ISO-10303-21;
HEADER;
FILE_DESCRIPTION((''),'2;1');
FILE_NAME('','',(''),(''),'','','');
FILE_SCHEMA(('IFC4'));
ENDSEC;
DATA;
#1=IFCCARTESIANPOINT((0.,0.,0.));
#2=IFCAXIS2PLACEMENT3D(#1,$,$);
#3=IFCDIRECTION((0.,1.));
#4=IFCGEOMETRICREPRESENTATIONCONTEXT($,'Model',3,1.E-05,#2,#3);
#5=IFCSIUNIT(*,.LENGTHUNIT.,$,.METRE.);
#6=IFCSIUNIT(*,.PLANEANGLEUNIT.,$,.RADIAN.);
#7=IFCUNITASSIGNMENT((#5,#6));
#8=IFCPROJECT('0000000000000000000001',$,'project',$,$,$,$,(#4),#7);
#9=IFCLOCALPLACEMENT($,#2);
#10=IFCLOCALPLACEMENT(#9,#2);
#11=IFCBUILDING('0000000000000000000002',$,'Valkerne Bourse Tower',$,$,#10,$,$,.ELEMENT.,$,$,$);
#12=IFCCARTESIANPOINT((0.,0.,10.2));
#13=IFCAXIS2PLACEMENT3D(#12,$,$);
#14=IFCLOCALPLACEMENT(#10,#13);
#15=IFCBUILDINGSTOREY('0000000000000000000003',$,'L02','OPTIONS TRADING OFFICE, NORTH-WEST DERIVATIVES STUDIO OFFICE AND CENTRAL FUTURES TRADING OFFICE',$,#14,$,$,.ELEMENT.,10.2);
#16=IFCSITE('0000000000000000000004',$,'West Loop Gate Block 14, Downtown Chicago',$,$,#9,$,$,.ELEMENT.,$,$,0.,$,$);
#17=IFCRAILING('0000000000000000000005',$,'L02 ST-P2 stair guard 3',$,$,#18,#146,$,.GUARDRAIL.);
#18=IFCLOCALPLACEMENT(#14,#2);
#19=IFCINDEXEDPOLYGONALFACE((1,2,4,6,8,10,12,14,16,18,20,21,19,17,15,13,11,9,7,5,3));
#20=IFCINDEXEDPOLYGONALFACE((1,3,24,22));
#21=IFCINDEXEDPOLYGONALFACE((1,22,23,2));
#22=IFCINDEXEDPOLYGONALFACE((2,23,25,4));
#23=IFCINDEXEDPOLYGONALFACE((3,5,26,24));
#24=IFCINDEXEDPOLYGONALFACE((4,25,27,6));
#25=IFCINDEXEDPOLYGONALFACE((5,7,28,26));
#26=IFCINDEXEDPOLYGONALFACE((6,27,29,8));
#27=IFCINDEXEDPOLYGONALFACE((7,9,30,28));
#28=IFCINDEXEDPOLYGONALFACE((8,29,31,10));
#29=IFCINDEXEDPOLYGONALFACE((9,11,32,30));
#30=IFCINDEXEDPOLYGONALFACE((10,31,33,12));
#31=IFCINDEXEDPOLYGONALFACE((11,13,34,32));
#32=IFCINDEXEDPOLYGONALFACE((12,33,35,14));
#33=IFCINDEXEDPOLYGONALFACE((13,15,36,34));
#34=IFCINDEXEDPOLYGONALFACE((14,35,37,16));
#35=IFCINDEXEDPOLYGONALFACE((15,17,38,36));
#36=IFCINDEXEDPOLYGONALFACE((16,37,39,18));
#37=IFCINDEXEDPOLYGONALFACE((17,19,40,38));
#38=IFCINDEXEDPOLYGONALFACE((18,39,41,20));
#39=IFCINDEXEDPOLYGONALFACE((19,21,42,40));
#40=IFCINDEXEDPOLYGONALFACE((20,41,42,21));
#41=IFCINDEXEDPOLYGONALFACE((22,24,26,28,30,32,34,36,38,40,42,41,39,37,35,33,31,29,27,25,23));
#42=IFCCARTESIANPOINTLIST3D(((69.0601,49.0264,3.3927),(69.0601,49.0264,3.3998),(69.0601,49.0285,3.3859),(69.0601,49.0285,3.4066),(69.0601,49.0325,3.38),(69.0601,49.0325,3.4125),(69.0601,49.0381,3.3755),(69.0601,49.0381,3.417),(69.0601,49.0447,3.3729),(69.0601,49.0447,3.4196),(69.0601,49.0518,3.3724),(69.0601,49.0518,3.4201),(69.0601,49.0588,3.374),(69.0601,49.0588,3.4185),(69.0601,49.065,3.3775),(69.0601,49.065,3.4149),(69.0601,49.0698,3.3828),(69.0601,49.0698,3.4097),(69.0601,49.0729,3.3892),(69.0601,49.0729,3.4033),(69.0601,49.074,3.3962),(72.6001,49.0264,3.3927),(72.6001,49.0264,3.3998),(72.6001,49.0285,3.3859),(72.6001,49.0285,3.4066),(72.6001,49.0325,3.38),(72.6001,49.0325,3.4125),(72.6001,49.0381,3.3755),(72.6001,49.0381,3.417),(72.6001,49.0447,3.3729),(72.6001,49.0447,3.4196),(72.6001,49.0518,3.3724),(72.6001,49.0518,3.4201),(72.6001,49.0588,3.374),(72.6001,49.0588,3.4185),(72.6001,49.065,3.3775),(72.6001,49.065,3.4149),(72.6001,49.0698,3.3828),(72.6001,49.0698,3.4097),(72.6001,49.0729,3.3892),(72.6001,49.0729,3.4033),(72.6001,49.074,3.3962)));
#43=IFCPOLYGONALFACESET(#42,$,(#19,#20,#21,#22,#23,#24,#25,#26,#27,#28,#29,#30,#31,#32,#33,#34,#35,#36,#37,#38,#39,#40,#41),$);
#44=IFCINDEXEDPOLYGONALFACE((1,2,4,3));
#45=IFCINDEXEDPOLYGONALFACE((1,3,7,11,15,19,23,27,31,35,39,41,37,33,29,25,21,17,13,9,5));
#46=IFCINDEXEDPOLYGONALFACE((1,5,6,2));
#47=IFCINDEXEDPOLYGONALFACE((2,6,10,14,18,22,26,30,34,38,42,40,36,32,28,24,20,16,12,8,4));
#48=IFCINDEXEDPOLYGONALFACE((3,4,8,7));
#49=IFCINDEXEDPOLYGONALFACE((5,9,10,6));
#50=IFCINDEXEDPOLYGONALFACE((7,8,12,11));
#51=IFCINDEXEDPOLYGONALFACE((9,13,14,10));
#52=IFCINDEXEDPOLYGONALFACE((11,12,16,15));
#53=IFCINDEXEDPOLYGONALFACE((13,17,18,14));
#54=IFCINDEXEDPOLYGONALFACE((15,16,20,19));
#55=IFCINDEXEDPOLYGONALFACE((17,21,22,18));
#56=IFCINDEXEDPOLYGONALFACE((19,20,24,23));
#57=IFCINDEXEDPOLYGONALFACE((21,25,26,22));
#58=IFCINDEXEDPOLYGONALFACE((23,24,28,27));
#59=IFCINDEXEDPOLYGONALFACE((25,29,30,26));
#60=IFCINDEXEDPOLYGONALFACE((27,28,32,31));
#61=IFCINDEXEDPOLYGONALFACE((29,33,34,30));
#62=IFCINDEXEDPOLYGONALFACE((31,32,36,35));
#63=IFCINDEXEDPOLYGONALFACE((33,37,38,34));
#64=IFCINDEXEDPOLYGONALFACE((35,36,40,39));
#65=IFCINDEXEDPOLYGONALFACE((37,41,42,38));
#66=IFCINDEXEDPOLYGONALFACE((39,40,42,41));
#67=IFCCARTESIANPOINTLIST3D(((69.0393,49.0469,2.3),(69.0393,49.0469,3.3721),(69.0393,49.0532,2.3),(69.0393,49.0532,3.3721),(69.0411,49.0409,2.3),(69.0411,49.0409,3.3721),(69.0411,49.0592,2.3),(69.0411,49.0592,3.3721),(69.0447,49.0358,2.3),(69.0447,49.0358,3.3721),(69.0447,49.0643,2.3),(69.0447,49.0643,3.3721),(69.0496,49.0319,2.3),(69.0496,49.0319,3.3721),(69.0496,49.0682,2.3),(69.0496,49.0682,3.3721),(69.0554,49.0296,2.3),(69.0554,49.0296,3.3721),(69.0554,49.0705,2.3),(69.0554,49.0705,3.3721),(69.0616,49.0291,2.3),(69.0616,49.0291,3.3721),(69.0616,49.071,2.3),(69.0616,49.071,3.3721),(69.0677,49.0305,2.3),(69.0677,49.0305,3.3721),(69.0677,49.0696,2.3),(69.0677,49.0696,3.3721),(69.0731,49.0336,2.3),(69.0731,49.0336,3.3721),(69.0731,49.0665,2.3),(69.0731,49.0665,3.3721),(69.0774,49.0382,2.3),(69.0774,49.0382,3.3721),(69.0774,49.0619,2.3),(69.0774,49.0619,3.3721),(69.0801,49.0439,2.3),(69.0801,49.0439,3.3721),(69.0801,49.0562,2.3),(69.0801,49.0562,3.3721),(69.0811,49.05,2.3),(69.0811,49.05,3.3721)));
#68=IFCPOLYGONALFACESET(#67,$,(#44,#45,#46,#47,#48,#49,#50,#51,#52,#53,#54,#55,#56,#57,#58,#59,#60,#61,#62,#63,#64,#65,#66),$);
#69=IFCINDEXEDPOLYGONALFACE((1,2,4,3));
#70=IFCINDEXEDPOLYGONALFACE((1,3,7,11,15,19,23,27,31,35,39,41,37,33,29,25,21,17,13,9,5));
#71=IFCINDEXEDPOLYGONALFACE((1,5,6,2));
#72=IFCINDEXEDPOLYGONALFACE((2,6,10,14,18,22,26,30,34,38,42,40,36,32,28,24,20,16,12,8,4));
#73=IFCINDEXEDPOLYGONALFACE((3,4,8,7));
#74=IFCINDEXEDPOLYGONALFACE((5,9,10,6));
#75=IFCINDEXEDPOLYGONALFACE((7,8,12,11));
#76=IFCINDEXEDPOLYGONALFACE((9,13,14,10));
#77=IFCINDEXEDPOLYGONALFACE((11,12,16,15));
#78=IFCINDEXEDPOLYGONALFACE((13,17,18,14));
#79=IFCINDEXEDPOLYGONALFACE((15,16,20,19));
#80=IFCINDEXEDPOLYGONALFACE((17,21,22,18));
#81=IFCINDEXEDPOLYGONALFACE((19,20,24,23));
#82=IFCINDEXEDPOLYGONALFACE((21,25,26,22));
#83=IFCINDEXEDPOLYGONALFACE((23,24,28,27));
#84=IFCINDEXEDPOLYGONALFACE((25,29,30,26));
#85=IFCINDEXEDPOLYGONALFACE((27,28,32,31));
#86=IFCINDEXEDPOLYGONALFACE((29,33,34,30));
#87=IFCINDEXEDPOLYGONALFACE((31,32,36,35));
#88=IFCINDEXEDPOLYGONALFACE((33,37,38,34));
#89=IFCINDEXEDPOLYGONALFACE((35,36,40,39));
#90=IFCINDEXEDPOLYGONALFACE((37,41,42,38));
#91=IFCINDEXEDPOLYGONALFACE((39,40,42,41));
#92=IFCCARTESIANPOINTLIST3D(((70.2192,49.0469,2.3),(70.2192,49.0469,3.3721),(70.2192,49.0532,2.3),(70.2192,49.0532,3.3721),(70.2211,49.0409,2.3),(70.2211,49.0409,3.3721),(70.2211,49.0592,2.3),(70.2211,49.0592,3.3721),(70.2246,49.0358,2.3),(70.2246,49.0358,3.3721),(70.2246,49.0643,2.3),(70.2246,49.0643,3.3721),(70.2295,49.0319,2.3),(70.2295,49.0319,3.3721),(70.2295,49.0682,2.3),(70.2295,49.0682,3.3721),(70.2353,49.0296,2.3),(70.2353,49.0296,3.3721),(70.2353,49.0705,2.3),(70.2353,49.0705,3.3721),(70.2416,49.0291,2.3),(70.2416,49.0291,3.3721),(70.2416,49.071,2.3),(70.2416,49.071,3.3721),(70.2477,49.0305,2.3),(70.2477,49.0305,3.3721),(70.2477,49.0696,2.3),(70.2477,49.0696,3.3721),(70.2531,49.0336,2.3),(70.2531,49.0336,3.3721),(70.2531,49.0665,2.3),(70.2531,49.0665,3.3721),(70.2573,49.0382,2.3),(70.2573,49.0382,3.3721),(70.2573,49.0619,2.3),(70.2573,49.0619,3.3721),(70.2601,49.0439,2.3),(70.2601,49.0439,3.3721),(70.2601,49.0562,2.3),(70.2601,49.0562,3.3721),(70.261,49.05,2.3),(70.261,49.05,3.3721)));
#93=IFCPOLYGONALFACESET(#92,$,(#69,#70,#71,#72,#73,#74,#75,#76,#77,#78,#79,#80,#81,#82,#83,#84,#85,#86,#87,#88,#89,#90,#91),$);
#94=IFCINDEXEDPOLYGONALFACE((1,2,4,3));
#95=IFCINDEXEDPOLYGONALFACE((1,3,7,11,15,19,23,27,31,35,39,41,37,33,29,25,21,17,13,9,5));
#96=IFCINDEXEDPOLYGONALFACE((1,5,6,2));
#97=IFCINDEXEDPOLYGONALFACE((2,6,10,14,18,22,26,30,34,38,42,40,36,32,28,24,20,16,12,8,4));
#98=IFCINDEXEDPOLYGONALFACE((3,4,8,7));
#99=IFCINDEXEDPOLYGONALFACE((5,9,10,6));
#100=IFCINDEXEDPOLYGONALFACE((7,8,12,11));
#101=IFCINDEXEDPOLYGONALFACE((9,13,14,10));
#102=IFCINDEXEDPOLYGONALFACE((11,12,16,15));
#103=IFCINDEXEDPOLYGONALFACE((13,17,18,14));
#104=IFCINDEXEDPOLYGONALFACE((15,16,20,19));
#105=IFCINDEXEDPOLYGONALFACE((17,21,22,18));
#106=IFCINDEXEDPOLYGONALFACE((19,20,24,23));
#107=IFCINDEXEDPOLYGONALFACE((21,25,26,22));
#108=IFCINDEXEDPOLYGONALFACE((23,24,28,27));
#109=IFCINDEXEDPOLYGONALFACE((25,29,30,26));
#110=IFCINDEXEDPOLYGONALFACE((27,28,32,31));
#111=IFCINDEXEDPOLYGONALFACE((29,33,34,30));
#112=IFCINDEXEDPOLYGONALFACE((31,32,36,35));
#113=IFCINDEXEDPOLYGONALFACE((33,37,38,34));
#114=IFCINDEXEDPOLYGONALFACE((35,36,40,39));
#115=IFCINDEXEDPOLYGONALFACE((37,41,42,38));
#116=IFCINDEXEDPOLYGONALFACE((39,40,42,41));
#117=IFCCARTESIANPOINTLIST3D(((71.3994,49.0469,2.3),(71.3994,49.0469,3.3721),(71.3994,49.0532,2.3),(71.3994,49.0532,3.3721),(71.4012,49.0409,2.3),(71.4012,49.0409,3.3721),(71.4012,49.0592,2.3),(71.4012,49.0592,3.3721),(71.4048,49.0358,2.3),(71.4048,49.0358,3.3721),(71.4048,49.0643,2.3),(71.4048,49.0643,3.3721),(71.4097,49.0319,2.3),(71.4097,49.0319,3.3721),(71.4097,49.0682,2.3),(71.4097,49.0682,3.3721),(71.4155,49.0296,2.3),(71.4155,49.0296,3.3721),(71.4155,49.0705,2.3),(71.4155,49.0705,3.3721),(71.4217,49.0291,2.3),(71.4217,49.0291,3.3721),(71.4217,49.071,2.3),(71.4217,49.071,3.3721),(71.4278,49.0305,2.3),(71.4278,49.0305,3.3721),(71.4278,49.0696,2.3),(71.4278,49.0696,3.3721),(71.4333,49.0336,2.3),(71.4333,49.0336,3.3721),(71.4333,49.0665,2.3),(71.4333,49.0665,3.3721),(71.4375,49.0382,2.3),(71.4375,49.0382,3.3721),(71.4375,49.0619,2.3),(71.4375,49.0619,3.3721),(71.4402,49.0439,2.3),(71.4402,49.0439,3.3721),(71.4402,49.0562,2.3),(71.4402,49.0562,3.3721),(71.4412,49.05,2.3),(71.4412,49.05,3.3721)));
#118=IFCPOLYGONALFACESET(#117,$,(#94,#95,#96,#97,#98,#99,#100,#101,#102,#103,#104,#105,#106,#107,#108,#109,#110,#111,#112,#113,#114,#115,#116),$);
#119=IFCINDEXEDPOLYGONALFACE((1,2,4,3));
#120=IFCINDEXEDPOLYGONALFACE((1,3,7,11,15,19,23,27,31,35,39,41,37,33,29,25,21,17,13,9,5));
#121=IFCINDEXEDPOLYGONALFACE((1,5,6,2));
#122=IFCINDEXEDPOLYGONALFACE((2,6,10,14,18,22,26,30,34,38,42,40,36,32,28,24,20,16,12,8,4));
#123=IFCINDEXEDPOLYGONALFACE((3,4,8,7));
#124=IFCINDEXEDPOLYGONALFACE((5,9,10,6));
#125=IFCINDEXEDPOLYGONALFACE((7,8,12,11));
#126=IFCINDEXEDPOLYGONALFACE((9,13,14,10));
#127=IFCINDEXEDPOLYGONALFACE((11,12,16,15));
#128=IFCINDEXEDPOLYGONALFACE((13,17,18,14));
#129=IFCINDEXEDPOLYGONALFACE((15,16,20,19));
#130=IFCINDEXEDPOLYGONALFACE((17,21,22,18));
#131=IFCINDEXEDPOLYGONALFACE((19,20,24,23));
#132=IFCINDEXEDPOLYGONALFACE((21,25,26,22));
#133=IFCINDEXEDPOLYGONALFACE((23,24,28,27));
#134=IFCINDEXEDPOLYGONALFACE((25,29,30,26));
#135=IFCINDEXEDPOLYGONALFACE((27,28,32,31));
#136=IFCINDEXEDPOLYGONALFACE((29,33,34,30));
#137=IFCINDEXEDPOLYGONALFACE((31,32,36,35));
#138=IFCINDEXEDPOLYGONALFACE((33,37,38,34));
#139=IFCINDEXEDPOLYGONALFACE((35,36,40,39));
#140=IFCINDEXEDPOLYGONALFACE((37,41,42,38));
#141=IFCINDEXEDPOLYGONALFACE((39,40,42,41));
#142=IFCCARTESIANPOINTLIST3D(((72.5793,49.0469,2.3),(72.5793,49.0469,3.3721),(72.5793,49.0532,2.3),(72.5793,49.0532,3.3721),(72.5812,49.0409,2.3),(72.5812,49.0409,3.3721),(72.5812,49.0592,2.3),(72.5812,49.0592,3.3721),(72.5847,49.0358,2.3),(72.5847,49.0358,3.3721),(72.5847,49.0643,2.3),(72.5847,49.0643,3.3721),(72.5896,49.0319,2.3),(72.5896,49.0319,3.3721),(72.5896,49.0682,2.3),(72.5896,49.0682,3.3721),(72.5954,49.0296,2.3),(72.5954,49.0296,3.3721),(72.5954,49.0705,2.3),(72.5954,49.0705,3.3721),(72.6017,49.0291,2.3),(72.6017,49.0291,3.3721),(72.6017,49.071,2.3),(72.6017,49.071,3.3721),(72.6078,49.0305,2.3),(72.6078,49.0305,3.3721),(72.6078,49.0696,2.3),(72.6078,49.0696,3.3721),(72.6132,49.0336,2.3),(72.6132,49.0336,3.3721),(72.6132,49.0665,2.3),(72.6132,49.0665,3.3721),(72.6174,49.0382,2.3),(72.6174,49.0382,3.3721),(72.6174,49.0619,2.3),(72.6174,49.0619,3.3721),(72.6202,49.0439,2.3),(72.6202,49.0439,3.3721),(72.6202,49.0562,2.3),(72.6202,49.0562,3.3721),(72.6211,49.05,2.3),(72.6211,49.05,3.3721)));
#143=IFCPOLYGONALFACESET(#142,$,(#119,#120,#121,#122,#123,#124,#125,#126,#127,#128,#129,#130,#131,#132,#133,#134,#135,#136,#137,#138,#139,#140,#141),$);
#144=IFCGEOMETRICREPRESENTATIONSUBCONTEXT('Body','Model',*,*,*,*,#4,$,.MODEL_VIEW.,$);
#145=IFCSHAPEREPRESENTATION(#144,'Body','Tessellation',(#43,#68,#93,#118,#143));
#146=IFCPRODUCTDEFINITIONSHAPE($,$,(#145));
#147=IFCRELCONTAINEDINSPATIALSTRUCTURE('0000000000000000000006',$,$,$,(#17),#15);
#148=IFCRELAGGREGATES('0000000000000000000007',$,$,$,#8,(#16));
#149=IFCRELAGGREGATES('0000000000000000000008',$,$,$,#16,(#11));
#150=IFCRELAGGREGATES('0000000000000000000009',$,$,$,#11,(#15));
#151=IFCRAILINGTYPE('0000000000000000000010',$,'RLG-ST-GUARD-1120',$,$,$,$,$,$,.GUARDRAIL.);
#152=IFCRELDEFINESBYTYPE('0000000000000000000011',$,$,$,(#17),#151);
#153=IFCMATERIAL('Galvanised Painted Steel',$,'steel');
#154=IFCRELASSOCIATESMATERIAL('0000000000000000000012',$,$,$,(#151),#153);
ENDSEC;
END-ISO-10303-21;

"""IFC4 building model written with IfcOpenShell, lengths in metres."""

from ifc_helpers import new_model, si_unit, direction, frame, origin, origin_2d, place, context, subcontext, project, spatial, circle, extrude, material, type_object, element, save


model = new_model("IFC4")

# Units and contexts
model_context = context("Model", 3, precision=1e-05, world=origin(), true_north=direction((0.0, 1.0)))
body_context = subcontext(model_context, "Body", "Model", "MODEL_VIEW")
ifc_project = project(units=[si_unit("LENGTHUNIT", "METRE"), si_unit("PLANEANGLEUNIT", "RADIAN")], contexts=[model_context])

# Site, building, storey
site_placement = place(None, origin())
site = spatial("IfcSite", under=ifc_project, at=site_placement, Name="West Loop Gate Block 14, Downtown Chicago", CompositionType="ELEMENT", RefElevation=0.0)
building_placement = place(site_placement, origin())
building = spatial("IfcBuilding", under=site, at=building_placement, Name="Valkerne Bourse Tower", CompositionType="ELEMENT")
storey_placement = place(building_placement, frame((0.0, 0.0, 10.2)))
storey = spatial("IfcBuildingStorey", under=building, at=storey_placement, Name="L02", Description="OPTIONS TRADING OFFICE, NORTH-WEST DERIVATIVES STUDIO OFFICE AND CENTRAL FUTURES TRADING OFFICE", CompositionType="ELEMENT", Elevation=10.2)

# Railing
ifc_material_1 = material(Name="Galvanised Painted Steel", Category="steel")
railing_type_1 = type_object("IfcRailingType", Name="RLG-ST-GUARD-1120", PredefinedType="GUARDRAIL", material=ifc_material_1)
for number, where, name in (
    (1, (69.0601, 49.05, 2.3), "L02 ST-P2 stair guard 3"),
):
    element("IfcRailing", number, at=place(storey_placement, frame(where)), inside=storey, type_object=railing_type_1, Name=name, PredefinedType="GUARDRAIL", context=body_context, shape_type="SweptSolid", body=[
        extrude(circle(Radius=0.0239, at=origin_2d()), frame((0.0, 0.0, 1.0962), z_axis=(1.0, 0.0, 0.0), x_axis=(0.0, 1.0, 0.0)), (0.0, 0.0, 1.0), 3.54),
        extrude(circle(Radius=0.021, at=origin_2d()), origin(), (0.0, 0.0, 1.0), 1.072),
        extrude(circle(Radius=0.021, at=origin_2d()), frame((1.1799, 0.0, 0.0)), (0.0, 0.0, 1.0), 1.072),
        extrude(circle(Radius=0.021, at=origin_2d()), frame((2.3601, 0.0, 0.0)), (0.0, 0.0, 1.0), 1.072),
        extrude(circle(Radius=0.021, at=origin_2d()), frame((3.54, 0.0, 0.0)), (0.0, 0.0, 1.0), 1.072),
    ])

save(model, "model.ifc")
